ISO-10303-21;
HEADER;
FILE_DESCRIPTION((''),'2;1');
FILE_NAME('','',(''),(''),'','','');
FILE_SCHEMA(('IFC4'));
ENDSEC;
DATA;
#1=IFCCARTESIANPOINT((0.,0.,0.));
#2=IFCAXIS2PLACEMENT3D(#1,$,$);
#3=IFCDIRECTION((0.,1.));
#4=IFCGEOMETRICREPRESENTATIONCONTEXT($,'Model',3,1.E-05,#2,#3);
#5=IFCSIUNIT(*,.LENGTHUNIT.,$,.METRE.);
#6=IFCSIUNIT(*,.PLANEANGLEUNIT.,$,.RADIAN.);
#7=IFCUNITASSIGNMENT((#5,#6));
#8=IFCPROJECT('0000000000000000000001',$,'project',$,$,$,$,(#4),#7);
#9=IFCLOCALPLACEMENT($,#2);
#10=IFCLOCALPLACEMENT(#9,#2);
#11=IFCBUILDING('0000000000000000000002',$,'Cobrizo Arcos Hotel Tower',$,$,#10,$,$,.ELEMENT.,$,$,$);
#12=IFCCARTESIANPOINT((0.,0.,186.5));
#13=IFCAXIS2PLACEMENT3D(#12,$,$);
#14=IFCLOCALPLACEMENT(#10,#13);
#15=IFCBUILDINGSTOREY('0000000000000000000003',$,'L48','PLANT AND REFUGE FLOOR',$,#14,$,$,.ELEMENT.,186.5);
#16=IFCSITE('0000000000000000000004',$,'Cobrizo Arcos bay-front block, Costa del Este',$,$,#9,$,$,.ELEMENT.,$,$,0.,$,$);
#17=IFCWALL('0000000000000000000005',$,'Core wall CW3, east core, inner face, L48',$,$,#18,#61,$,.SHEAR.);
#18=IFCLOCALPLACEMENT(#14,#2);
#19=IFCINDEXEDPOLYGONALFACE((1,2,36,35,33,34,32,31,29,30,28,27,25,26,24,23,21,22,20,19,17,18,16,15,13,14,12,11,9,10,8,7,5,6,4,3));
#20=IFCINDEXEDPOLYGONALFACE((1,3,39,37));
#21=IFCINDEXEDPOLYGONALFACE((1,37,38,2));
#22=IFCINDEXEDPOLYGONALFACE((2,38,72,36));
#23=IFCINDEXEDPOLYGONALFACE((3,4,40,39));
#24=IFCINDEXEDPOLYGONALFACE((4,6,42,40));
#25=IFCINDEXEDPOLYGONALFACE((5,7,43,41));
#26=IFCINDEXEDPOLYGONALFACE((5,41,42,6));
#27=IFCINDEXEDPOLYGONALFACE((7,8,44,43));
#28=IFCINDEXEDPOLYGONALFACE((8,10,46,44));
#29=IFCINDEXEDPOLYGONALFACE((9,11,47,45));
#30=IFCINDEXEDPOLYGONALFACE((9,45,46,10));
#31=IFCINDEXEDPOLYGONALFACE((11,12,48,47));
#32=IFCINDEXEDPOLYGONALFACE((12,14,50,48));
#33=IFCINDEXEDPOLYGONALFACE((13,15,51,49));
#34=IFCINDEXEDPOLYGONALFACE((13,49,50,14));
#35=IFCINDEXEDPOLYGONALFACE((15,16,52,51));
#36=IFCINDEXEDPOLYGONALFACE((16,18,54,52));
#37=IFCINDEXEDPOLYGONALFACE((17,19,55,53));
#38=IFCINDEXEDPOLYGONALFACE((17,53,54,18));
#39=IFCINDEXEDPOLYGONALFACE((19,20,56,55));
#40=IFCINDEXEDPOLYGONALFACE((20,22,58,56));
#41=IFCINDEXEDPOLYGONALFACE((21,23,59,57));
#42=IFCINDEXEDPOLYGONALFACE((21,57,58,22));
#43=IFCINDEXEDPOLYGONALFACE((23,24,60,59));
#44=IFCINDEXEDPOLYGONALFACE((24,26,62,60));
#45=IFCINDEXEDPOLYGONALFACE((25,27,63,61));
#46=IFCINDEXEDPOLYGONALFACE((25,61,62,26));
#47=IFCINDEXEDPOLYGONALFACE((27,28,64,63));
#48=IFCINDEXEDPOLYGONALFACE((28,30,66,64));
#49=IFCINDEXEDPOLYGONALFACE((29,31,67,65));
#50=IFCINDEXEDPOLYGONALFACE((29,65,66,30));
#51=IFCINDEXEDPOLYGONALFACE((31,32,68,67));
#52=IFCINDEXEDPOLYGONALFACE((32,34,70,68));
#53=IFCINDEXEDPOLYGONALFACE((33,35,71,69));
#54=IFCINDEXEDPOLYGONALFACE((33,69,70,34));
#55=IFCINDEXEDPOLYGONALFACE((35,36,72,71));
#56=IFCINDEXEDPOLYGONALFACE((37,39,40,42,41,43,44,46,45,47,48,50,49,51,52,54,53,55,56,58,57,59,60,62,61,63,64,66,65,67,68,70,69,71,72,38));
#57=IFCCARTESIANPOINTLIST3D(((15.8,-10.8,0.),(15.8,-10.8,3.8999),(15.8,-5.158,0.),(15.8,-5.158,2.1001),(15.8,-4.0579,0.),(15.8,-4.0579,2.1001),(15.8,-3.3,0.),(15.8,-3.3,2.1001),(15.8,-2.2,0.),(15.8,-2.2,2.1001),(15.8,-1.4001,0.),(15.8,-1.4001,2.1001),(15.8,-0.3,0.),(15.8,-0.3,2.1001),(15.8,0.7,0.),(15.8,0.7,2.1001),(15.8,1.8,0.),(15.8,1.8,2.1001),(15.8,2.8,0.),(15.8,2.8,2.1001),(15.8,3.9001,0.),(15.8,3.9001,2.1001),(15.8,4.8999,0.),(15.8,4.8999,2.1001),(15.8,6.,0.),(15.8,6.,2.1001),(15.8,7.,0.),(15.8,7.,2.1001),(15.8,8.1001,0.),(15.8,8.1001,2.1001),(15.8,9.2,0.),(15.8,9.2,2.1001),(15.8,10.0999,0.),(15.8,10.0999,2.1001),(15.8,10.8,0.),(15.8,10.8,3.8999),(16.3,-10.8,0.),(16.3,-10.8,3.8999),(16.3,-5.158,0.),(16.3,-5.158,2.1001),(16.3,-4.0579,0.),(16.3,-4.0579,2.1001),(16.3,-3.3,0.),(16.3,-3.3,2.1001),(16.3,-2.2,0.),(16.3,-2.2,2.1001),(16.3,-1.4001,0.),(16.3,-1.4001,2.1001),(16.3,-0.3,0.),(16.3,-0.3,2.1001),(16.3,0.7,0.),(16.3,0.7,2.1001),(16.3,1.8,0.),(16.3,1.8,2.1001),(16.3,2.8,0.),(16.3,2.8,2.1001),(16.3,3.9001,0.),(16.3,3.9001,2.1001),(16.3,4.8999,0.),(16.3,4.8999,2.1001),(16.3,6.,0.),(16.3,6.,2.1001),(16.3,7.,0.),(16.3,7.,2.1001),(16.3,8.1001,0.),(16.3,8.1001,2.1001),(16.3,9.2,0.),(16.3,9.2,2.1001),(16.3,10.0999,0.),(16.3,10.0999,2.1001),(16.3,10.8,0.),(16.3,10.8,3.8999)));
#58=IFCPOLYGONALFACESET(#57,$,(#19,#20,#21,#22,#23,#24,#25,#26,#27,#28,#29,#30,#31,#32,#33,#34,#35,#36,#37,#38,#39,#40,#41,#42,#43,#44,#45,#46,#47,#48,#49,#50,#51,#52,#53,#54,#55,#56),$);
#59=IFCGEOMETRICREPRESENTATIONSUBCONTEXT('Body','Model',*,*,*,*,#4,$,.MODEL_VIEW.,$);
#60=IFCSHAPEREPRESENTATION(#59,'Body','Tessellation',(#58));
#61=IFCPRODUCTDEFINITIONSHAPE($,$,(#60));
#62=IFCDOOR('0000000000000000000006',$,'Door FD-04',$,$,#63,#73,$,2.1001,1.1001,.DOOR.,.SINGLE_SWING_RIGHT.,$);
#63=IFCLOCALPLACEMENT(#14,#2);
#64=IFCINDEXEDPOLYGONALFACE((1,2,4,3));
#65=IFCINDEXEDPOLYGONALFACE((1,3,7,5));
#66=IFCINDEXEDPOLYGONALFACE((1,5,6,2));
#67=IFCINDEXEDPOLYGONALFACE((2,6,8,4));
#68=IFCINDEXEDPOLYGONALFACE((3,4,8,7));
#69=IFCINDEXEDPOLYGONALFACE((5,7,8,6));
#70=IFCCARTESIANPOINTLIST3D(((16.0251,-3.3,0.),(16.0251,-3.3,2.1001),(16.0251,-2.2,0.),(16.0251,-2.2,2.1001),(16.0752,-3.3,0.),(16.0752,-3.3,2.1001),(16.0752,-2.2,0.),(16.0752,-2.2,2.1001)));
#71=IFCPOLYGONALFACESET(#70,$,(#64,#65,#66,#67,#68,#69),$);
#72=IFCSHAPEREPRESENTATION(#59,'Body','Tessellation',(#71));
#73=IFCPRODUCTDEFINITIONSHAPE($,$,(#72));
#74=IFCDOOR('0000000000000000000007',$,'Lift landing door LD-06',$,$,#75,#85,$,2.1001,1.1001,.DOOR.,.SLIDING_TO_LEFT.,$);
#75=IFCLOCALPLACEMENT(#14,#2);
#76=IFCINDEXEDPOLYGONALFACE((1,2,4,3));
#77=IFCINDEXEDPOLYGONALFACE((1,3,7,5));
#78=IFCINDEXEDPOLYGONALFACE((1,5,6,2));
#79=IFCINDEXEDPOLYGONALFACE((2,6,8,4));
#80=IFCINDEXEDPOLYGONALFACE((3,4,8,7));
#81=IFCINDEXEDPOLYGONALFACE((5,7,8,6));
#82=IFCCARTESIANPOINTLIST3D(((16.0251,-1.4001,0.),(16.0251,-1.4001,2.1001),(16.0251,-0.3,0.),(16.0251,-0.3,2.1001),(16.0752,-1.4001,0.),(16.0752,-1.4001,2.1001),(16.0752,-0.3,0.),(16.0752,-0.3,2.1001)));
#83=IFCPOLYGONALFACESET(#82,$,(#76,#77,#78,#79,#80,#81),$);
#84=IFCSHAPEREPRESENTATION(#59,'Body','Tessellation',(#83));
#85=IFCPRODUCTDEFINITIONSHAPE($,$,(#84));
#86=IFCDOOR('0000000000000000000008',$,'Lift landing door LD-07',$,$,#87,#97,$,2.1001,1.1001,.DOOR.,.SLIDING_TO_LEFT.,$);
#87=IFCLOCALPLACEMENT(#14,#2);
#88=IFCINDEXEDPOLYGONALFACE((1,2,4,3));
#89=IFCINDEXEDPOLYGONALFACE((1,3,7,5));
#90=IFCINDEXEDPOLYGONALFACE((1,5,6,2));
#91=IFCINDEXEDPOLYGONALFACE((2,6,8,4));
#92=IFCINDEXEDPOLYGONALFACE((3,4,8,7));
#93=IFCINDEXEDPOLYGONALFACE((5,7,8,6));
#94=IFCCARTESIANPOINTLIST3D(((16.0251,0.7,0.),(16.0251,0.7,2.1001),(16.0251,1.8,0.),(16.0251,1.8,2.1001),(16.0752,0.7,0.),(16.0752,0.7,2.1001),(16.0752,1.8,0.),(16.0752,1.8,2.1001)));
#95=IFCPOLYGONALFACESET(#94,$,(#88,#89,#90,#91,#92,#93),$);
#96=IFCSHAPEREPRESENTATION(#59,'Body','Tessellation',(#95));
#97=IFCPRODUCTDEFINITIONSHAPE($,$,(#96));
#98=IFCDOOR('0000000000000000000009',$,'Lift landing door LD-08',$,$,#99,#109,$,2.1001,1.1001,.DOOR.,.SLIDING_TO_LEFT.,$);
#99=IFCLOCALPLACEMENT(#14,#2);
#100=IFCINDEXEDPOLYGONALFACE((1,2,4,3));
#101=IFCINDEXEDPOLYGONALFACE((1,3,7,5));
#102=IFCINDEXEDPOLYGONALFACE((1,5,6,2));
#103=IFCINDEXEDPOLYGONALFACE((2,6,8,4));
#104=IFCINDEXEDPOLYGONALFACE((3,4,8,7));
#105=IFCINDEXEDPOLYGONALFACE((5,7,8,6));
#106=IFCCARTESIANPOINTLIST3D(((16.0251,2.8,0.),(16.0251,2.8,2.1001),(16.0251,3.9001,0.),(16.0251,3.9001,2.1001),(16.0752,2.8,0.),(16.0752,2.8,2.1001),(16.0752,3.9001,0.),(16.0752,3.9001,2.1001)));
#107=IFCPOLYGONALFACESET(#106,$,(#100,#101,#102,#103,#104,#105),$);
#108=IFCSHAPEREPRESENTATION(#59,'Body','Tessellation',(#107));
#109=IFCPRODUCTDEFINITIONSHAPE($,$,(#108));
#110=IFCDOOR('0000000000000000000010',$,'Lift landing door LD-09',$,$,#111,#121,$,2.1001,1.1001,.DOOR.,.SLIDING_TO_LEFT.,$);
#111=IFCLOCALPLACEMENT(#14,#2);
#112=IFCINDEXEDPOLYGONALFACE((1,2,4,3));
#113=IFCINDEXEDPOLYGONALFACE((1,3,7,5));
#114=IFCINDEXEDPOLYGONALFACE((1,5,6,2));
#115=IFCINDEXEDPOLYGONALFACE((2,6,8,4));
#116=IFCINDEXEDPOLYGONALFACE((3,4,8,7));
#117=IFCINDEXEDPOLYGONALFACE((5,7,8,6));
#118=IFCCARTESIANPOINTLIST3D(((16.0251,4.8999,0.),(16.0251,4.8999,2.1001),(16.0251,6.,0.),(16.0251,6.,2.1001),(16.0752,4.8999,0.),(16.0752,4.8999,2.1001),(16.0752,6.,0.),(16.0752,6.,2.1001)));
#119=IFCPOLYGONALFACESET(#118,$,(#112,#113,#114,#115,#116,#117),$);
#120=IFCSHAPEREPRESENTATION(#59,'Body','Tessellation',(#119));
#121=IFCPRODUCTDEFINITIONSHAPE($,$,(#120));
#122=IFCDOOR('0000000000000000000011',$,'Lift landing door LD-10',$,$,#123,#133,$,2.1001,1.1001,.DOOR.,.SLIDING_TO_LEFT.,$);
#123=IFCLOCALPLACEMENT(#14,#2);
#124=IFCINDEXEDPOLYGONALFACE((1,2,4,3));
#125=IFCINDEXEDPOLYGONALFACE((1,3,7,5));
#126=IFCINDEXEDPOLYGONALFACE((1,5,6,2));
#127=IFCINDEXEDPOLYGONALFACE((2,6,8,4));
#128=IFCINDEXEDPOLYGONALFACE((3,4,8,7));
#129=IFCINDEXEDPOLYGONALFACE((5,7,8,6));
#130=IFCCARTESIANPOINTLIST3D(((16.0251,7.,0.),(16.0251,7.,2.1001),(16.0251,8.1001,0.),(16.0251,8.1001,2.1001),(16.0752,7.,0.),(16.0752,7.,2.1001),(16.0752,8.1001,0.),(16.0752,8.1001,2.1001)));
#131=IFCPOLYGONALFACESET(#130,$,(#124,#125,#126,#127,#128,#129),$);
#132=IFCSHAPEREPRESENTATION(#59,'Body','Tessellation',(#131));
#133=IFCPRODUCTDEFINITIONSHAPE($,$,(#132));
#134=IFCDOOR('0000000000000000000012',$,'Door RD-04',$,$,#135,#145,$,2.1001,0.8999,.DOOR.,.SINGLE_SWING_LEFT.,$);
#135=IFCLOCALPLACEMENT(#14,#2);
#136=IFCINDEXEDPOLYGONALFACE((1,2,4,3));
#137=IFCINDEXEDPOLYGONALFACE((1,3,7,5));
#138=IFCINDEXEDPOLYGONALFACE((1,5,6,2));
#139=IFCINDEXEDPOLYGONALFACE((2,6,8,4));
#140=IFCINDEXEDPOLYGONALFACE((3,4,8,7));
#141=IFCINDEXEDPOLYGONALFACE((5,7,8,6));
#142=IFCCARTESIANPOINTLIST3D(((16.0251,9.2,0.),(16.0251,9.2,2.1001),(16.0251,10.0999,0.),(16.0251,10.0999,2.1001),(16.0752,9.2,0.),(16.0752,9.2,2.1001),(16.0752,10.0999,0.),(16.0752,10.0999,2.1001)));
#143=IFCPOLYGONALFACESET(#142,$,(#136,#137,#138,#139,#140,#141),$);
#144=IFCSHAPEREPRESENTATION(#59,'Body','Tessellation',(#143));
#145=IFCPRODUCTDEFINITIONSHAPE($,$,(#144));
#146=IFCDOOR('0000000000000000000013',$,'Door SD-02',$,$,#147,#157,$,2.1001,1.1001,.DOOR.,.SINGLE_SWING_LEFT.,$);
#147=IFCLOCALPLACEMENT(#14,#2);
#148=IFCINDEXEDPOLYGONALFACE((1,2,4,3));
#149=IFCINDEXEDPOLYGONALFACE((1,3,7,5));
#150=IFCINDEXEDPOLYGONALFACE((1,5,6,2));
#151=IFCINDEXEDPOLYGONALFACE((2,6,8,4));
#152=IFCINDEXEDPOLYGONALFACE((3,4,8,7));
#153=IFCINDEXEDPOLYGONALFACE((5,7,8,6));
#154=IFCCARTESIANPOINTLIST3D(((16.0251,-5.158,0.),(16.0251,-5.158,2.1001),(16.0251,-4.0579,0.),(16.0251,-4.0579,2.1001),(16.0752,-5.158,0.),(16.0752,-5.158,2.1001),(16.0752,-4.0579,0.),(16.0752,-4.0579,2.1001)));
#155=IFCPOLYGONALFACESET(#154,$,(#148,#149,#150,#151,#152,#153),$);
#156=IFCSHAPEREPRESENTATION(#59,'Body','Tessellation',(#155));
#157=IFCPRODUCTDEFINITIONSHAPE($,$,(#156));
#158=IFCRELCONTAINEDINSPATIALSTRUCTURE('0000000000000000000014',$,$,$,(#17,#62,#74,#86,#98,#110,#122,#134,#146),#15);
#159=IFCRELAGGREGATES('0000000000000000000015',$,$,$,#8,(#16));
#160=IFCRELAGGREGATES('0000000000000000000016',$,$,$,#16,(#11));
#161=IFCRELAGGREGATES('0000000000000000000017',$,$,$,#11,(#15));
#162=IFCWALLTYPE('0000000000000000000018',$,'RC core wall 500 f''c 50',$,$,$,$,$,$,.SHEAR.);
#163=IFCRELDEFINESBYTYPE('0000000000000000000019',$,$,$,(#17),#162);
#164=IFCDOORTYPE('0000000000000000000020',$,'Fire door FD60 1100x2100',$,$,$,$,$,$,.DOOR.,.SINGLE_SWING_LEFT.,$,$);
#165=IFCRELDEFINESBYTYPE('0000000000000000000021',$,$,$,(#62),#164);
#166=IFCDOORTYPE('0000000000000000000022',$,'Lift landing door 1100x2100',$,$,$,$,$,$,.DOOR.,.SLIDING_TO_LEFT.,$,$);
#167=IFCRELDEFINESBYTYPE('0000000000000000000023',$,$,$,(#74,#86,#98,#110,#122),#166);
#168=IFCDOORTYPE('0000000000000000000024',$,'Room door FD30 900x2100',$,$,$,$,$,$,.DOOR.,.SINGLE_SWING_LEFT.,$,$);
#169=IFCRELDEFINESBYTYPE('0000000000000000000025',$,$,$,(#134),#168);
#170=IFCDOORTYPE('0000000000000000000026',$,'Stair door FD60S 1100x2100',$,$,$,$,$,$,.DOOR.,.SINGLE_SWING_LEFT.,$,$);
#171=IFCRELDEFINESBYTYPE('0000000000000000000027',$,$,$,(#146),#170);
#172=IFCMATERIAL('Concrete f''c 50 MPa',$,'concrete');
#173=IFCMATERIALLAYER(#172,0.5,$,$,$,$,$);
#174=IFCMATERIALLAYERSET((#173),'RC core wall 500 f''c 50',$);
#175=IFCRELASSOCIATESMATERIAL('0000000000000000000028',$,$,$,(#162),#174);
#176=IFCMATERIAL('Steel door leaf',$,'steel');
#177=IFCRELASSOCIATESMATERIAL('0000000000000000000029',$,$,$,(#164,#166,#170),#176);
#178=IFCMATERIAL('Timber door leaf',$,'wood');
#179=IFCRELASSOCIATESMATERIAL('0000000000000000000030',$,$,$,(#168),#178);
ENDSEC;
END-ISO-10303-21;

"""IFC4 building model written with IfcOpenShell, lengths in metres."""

from ifc_helpers import new_model, si_unit, direction, frame, frame_2d, origin, place, context, subcontext, project, spatial, rectangle, extrude, material, layer, layer_set, type_object, element, fill, save


model = new_model("IFC4")

# Units and contexts
model_context = context("Model", 3, precision=1e-05, world=origin(), true_north=direction((0.0, 1.0)))
body_context = subcontext(model_context, "Body", "Model", "MODEL_VIEW")
ifc_project = project(units=[si_unit("LENGTHUNIT", "METRE"), si_unit("PLANEANGLEUNIT", "RADIAN")], contexts=[model_context])

# Site, building, storey
site_placement = place(None, origin())
site = spatial("IfcSite", under=ifc_project, at=site_placement, Name="Cobrizo Arcos bay-front block, Costa del Este", CompositionType="ELEMENT", RefElevation=0.0)
building_placement = place(site_placement, origin())
building = spatial("IfcBuilding", under=site, at=building_placement, Name="Cobrizo Arcos Hotel Tower", CompositionType="ELEMENT")
storey_placement = place(building_placement, frame((0.0, 0.0, 186.5)))
storey = spatial("IfcBuildingStorey", under=building, at=storey_placement, Name="L48", Description="PLANT AND REFUGE FLOOR", CompositionType="ELEMENT", Elevation=186.5)

# Wall, openings, doors
ifc_material_1 = material(Name="Concrete f'c 50 MPa", Category="concrete")
ifc_layer_1 = layer(ifc_material_1, 0.5)
ifc_layer_set_1 = layer_set([ifc_layer_1], Name="RC core wall 500 f'c 50")
wall_type_1 = type_object("IfcWallType", Name="RC core wall 500 f'c 50", PredefinedType="SHEAR", material=ifc_layer_set_1)
wall_1_placement = place(storey_placement, frame((16.05, -10.8, 0.0), z_axis=(0.0, 0.0, 1.0), x_axis=(0.0, 1.0, 0.0)))
wall_1 = element("IfcWall", 1, at=wall_1_placement, inside=storey, type_object=wall_type_1, Name="Core wall CW3, east core, inner face, L48", PredefinedType="SHEAR", context=body_context, shape_type="SweptSolid", body=[
    extrude(rectangle(XDim=21.6001, YDim=0.5, at=frame_2d((10.8, 0.0))), origin(), (0.0, 0.0, 1.0), 3.8999),
])
opening_1_placement = place(wall_1_placement, frame((9.3999, 0.0, 0.0)))
opening_1 = element("IfcOpeningElement", 2, at=opening_1_placement, cuts=wall_1, PredefinedType="OPENING", context=body_context, shape_type="SweptSolid", body=[
    extrude(rectangle(XDim=1.1001, YDim=2.1001, at=frame_2d((0.55, 1.05))), frame((0.0, 0.262, 0.0), z_axis=(0.0, -1.0, 0.0), x_axis=(1.0, 0.0, 0.0)), (0.0, 0.0, 1.0), 0.5239),
])
opening_2_placement = place(wall_1_placement, frame((11.5, 0.0, 0.0)))
opening_2 = element("IfcOpeningElement", 3, at=opening_2_placement, cuts=wall_1, PredefinedType="OPENING", context=body_context, shape_type="SweptSolid", body=[
    extrude(rectangle(XDim=1.1001, YDim=2.1001, at=frame_2d((0.55, 1.05))), frame((0.0, 0.262, 0.0), z_axis=(0.0, -1.0, 0.0), x_axis=(1.0, 0.0, 0.0)), (0.0, 0.0, 1.0), 0.5239),
])
opening_3_placement = place(wall_1_placement, frame((13.6001, 0.0, 0.0)))
opening_3 = element("IfcOpeningElement", 4, at=opening_3_placement, cuts=wall_1, PredefinedType="OPENING", context=body_context, shape_type="SweptSolid", body=[
    extrude(rectangle(XDim=1.1001, YDim=2.1001, at=frame_2d((0.55, 1.05))), frame((0.0, 0.262, 0.0), z_axis=(0.0, -1.0, 0.0), x_axis=(1.0, 0.0, 0.0)), (0.0, 0.0, 1.0), 0.5239),
])
opening_4_placement = place(wall_1_placement, frame((15.7, 0.0, 0.0)))
opening_4 = element("IfcOpeningElement", 5, at=opening_4_placement, cuts=wall_1, PredefinedType="OPENING", context=body_context, shape_type="SweptSolid", body=[
    extrude(rectangle(XDim=1.1001, YDim=2.1001, at=frame_2d((0.55, 1.05))), frame((0.0, 0.262, 0.0), z_axis=(0.0, -1.0, 0.0), x_axis=(1.0, 0.0, 0.0)), (0.0, 0.0, 1.0), 0.5239),
])
opening_5_placement = place(wall_1_placement, frame((17.8, 0.0, 0.0)))
opening_5 = element("IfcOpeningElement", 6, at=opening_5_placement, cuts=wall_1, PredefinedType="OPENING", context=body_context, shape_type="SweptSolid", body=[
    extrude(rectangle(XDim=1.1001, YDim=2.1001, at=frame_2d((0.55, 1.05))), frame((0.0, 0.262, 0.0), z_axis=(0.0, -1.0, 0.0), x_axis=(1.0, 0.0, 0.0)), (0.0, 0.0, 1.0), 0.5239),
])
opening_6_placement = place(wall_1_placement, frame((5.6421, 0.0, 0.0)))
opening_6 = element("IfcOpeningElement", 7, at=opening_6_placement, cuts=wall_1, PredefinedType="OPENING", context=body_context, shape_type="SweptSolid", body=[
    extrude(rectangle(XDim=1.1001, YDim=2.1001, at=frame_2d((0.55, 1.05))), frame((0.0, 0.262, 0.0), z_axis=(0.0, -1.0, 0.0), x_axis=(1.0, 0.0, 0.0)), (0.0, 0.0, 1.0), 0.5239),
])
opening_7_placement = place(wall_1_placement, frame((7.5, 0.0, 0.0)))
opening_7 = element("IfcOpeningElement", 8, at=opening_7_placement, cuts=wall_1, PredefinedType="OPENING", context=body_context, shape_type="SweptSolid", body=[
    extrude(rectangle(XDim=1.1001, YDim=2.1001, at=frame_2d((0.55, 1.05))), frame((0.0, 0.262, 0.0), z_axis=(0.0, -1.0, 0.0), x_axis=(1.0, 0.0, 0.0)), (0.0, 0.0, 1.0), 0.5239),
])
opening_8_placement = place(wall_1_placement, frame((20.0, 0.0, 0.0)))
opening_8 = element("IfcOpeningElement", 9, at=opening_8_placement, cuts=wall_1, PredefinedType="OPENING", context=body_context, shape_type="SweptSolid", body=[
    extrude(rectangle(XDim=0.8999, YDim=2.1001, at=frame_2d((0.45, 1.05))), frame((0.0, 0.262, 0.0), z_axis=(0.0, -1.0, 0.0), x_axis=(1.0, 0.0, 0.0)), (0.0, 0.0, 1.0), 0.5239),
])
ifc_material_2 = material(Name="Steel door leaf", Category="steel")
door_type_1 = type_object("IfcDoorType", Name="Fire door FD60 1100x2100", OperationType="SINGLE_SWING_LEFT", PredefinedType="DOOR", material=ifc_material_2)
door_1_placement = place(opening_7_placement, origin())
door_1 = element("IfcDoor", 10, at=door_1_placement, inside=storey, type_object=door_type_1, Name="Door FD-04", OperationType="SINGLE_SWING_RIGHT", OverallHeight=2.1001, OverallWidth=1.1001, PredefinedType="DOOR", context=body_context, shape_type="SweptSolid", body=[
    extrude(rectangle(XDim=1.1001, YDim=2.1001, at=frame_2d((0.55, 1.05))), frame((0.0, 0.0249, 0.0), z_axis=(0.0, -1.0, 0.0), x_axis=(1.0, 0.0, 0.0)), (0.0, 0.0, 1.0), 0.05),
])
fill(opening_7, door_1)
door_type_2 = type_object("IfcDoorType", Name="Lift landing door 1100x2100", OperationType="SLIDING_TO_LEFT", PredefinedType="DOOR", material=ifc_material_2)
door_2_placement = place(opening_1_placement, origin())
door_2 = element("IfcDoor", 11, at=door_2_placement, inside=storey, type_object=door_type_2, Name="Lift landing door LD-06", OperationType="SLIDING_TO_LEFT", OverallHeight=2.1001, OverallWidth=1.1001, PredefinedType="DOOR", context=body_context, shape_type="SweptSolid", body=[
    extrude(rectangle(XDim=1.1001, YDim=2.1001, at=frame_2d((0.55, 1.05))), frame((0.0, 0.0249, 0.0), z_axis=(0.0, -1.0, 0.0), x_axis=(1.0, 0.0, 0.0)), (0.0, 0.0, 1.0), 0.05),
])
fill(opening_1, door_2)
door_3_placement = place(opening_2_placement, origin())
door_3 = element("IfcDoor", 12, at=door_3_placement, inside=storey, type_object=door_type_2, Name="Lift landing door LD-07", OperationType="SLIDING_TO_LEFT", OverallHeight=2.1001, OverallWidth=1.1001, PredefinedType="DOOR", context=body_context, shape_type="SweptSolid", body=[
    extrude(rectangle(XDim=1.1001, YDim=2.1001, at=frame_2d((0.55, 1.05))), frame((0.0, 0.0249, 0.0), z_axis=(0.0, -1.0, 0.0), x_axis=(1.0, 0.0, 0.0)), (0.0, 0.0, 1.0), 0.05),
])
fill(opening_2, door_3)
door_4_placement = place(opening_3_placement, origin())
door_4 = element("IfcDoor", 13, at=door_4_placement, inside=storey, type_object=door_type_2, Name="Lift landing door LD-08", OperationType="SLIDING_TO_LEFT", OverallHeight=2.1001, OverallWidth=1.1001, PredefinedType="DOOR", context=body_context, shape_type="SweptSolid", body=[
    extrude(rectangle(XDim=1.1001, YDim=2.1001, at=frame_2d((0.55, 1.05))), frame((0.0, 0.0249, 0.0), z_axis=(0.0, -1.0, 0.0), x_axis=(1.0, 0.0, 0.0)), (0.0, 0.0, 1.0), 0.05),
])
fill(opening_3, door_4)
door_5_placement = place(opening_4_placement, origin())
door_5 = element("IfcDoor", 14, at=door_5_placement, inside=storey, type_object=door_type_2, Name="Lift landing door LD-09", OperationType="SLIDING_TO_LEFT", OverallHeight=2.1001, OverallWidth=1.1001, PredefinedType="DOOR", context=body_context, shape_type="SweptSolid", body=[
    extrude(rectangle(XDim=1.1001, YDim=2.1001, at=frame_2d((0.55, 1.05))), frame((0.0, 0.0249, 0.0), z_axis=(0.0, -1.0, 0.0), x_axis=(1.0, 0.0, 0.0)), (0.0, 0.0, 1.0), 0.05),
])
fill(opening_4, door_5)
door_6_placement = place(opening_5_placement, origin())
door_6 = element("IfcDoor", 15, at=door_6_placement, inside=storey, type_object=door_type_2, Name="Lift landing door LD-10", OperationType="SLIDING_TO_LEFT", OverallHeight=2.1001, OverallWidth=1.1001, PredefinedType="DOOR", context=body_context, shape_type="SweptSolid", body=[
    extrude(rectangle(XDim=1.1001, YDim=2.1001, at=frame_2d((0.55, 1.05))), frame((0.0, 0.0249, 0.0), z_axis=(0.0, -1.0, 0.0), x_axis=(1.0, 0.0, 0.0)), (0.0, 0.0, 1.0), 0.05),
])
fill(opening_5, door_6)
ifc_material_3 = material(Name="Timber door leaf", Category="wood")
door_type_3 = type_object("IfcDoorType", Name="Room door FD30 900x2100", OperationType="SINGLE_SWING_LEFT", PredefinedType="DOOR", material=ifc_material_3)
door_7_placement = place(opening_8_placement, origin())
door_7 = element("IfcDoor", 16, at=door_7_placement, inside=storey, type_object=door_type_3, Name="Door RD-04", OperationType="SINGLE_SWING_LEFT", OverallHeight=2.1001, OverallWidth=0.8999, PredefinedType="DOOR", context=body_context, shape_type="SweptSolid", body=[
    extrude(rectangle(XDim=0.8999, YDim=2.1001, at=frame_2d((0.45, 1.05))), frame((0.0, 0.0249, 0.0), z_axis=(0.0, -1.0, 0.0), x_axis=(1.0, 0.0, 0.0)), (0.0, 0.0, 1.0), 0.05),
])
fill(opening_8, door_7)
door_type_4 = type_object("IfcDoorType", Name="Stair door FD60S 1100x2100", OperationType="SINGLE_SWING_LEFT", PredefinedType="DOOR", material=ifc_material_2)
door_8_placement = place(opening_6_placement, origin())
door_8 = element("IfcDoor", 17, at=door_8_placement, inside=storey, type_object=door_type_4, Name="Door SD-02", OperationType="SINGLE_SWING_LEFT", OverallHeight=2.1001, OverallWidth=1.1001, PredefinedType="DOOR", context=body_context, shape_type="SweptSolid", body=[
    extrude(rectangle(XDim=1.1001, YDim=2.1001, at=frame_2d((0.55, 1.05))), frame((0.0, 0.0249, 0.0), z_axis=(0.0, -1.0, 0.0), x_axis=(1.0, 0.0, 0.0)), (0.0, 0.0, 1.0), 0.05),
])
fill(opening_6, door_8)

save(model, "model.ifc")
